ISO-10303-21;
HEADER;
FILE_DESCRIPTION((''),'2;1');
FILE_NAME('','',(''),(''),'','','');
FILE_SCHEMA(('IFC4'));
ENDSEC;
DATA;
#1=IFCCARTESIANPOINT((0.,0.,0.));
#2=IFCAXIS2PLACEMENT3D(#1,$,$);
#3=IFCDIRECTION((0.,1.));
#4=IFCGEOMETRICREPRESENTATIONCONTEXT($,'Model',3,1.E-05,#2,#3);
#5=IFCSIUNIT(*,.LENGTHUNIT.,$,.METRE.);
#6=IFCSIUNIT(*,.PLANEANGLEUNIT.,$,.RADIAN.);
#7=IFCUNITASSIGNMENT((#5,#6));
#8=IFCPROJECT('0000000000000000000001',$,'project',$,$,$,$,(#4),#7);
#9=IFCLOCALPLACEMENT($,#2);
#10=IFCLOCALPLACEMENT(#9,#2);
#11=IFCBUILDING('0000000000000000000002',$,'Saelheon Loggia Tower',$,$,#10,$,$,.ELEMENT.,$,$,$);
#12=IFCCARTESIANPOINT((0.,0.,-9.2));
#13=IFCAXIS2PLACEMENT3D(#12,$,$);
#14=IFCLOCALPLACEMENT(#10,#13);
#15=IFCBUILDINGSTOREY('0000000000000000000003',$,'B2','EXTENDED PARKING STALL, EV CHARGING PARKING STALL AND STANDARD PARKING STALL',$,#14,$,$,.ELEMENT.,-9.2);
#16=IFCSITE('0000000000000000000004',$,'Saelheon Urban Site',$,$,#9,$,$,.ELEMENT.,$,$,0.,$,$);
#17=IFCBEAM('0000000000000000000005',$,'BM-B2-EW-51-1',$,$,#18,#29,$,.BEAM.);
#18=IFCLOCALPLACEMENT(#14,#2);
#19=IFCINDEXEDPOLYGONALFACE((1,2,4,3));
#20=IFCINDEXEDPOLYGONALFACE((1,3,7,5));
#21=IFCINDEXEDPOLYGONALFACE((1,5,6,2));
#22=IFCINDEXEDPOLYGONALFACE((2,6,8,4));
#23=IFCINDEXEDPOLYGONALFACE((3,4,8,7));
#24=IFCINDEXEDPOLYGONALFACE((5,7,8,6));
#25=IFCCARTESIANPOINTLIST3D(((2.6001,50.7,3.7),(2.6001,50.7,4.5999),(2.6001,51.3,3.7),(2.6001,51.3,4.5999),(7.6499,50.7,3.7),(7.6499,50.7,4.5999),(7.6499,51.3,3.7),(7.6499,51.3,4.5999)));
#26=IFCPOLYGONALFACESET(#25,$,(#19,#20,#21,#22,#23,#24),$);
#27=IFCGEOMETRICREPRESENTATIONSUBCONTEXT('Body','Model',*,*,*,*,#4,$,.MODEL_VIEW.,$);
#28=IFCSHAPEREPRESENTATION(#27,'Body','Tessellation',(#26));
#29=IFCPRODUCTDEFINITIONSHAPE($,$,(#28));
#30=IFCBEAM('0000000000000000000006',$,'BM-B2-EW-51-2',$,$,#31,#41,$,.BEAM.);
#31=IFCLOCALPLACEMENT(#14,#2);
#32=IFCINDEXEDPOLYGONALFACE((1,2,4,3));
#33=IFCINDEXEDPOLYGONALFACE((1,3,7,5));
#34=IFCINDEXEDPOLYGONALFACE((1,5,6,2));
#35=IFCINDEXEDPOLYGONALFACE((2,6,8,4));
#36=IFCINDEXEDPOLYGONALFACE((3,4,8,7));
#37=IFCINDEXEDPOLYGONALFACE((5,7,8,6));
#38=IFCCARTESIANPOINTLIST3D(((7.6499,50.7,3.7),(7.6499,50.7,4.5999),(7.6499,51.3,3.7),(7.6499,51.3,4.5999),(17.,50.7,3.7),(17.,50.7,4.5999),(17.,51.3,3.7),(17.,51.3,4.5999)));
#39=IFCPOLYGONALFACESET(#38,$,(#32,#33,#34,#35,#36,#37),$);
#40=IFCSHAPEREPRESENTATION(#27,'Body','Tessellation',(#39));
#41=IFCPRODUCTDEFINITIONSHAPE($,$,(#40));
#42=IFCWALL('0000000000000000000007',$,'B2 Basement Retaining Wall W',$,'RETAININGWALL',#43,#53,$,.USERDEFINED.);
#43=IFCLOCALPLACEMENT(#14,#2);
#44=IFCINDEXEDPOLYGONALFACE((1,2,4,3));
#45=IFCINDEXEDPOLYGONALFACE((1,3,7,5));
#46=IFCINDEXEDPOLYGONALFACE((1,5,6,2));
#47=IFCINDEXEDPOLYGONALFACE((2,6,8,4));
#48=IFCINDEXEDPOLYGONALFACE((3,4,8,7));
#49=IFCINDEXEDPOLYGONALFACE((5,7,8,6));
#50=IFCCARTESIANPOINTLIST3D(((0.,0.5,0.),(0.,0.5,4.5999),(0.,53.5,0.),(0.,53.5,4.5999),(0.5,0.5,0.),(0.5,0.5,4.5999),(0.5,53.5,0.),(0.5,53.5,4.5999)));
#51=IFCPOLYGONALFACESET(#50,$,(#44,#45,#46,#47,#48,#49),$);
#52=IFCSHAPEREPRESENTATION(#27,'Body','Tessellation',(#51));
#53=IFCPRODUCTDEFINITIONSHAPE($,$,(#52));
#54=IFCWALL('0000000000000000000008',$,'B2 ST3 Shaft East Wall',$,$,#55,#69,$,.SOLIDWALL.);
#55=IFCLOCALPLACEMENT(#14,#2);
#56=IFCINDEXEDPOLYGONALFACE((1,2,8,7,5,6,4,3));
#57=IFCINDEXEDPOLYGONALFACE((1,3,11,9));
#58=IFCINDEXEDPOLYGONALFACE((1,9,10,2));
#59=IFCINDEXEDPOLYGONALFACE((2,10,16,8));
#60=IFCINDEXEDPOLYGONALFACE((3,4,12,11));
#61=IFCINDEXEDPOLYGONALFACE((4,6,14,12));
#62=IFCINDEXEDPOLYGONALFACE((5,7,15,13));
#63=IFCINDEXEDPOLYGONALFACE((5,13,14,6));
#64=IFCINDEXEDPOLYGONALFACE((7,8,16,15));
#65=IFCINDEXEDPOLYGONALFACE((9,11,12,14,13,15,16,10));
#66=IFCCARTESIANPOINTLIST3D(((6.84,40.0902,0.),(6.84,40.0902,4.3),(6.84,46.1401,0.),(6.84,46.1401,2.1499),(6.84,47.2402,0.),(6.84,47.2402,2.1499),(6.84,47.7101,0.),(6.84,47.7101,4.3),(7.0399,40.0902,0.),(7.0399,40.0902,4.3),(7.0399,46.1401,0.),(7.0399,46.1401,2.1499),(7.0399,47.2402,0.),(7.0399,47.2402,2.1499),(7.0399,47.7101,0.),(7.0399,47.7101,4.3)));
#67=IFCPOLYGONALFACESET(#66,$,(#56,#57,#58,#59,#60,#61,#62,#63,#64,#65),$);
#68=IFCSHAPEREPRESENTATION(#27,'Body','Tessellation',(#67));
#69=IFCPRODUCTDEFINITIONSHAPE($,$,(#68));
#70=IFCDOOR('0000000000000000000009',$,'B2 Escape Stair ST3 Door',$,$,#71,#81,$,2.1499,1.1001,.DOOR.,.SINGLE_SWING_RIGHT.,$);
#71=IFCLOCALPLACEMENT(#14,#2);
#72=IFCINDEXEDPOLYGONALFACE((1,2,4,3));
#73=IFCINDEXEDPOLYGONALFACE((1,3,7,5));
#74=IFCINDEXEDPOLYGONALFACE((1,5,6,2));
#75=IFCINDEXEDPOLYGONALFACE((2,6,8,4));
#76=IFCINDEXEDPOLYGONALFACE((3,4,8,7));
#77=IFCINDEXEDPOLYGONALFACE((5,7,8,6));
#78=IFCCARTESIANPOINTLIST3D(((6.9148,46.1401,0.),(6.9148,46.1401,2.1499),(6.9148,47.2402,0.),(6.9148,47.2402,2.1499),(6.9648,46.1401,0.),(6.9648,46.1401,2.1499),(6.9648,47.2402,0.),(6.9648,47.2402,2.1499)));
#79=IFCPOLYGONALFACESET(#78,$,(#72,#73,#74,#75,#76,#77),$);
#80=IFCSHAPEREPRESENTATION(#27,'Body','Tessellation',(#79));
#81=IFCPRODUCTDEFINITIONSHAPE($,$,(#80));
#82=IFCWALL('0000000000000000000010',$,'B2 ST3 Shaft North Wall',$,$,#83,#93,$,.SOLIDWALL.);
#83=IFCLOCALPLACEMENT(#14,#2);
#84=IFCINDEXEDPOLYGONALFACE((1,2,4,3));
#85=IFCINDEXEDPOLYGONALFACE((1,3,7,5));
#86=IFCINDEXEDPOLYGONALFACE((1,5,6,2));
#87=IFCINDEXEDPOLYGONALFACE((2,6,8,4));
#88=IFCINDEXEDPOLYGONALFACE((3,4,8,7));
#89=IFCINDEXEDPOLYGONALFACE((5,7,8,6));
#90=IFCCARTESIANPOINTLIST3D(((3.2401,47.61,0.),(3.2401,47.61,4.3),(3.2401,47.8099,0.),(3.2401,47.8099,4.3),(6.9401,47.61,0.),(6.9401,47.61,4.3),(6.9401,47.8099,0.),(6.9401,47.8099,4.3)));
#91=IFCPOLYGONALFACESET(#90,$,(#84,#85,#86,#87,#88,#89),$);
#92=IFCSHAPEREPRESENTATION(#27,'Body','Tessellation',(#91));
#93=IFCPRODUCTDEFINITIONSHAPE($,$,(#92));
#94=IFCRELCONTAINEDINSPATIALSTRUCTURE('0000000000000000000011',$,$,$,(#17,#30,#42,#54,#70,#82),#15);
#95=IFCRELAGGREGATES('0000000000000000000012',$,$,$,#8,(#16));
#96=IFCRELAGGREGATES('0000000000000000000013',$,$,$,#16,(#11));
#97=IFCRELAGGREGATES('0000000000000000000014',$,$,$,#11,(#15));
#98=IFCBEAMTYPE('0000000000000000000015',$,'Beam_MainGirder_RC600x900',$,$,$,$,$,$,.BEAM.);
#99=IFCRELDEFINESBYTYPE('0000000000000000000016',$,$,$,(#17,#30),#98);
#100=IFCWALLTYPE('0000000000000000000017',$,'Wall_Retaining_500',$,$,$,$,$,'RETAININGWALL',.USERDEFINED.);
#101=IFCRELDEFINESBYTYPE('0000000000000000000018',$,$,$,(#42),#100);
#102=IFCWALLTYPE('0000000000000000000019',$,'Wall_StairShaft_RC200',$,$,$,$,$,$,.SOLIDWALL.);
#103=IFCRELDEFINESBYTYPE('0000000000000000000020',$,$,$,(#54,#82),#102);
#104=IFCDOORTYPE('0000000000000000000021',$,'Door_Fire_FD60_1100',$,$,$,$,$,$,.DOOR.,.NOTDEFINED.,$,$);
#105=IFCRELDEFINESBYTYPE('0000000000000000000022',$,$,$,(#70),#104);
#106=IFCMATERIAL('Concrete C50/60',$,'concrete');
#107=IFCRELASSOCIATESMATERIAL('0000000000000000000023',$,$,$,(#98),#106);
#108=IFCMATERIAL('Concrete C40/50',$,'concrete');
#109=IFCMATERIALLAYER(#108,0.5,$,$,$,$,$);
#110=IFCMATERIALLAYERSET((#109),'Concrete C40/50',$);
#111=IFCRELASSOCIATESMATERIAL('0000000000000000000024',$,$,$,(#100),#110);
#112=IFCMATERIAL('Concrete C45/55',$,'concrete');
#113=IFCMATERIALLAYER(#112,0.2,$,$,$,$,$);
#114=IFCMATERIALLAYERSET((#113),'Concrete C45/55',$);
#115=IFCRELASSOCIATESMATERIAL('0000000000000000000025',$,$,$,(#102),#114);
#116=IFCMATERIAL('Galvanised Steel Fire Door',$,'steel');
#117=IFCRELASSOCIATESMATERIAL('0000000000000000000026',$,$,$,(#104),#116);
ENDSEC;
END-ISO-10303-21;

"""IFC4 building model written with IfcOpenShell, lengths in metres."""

from ifc_helpers import new_model, si_unit, direction, frame, frame_2d, origin, origin_2d, place, context, subcontext, project, spatial, rectangle, extrude, source, transform, mapped, material, layer, layer_set, material_profile, profile_set, type_object, element, fill, save


model = new_model("IFC4")

# Units and contexts
model_context = context("Model", 3, precision=1e-05, world=origin(), true_north=direction((0.0, 1.0)))
body_context = subcontext(model_context, "Body", "Model", "MODEL_VIEW")
ifc_project = project(units=[si_unit("LENGTHUNIT", "METRE"), si_unit("PLANEANGLEUNIT", "RADIAN")], contexts=[model_context])

# Site, building, storey
site_placement = place(None, origin())
site = spatial("IfcSite", under=ifc_project, at=site_placement, Name="Saelheon Urban Site", CompositionType="ELEMENT", RefElevation=0.0)
building_placement = place(site_placement, origin())
building = spatial("IfcBuilding", under=site, at=building_placement, Name="Saelheon Loggia Tower", CompositionType="ELEMENT")
storey_placement = place(building_placement, frame((0.0, 0.0, -9.2)))
storey = spatial("IfcBuildingStorey", under=building, at=storey_placement, Name="B2", Description="EXTENDED PARKING STALL, EV CHARGING PARKING STALL AND STANDARD PARKING STALL", CompositionType="ELEMENT", Elevation=-9.2)

# Shared definitions
ifc_material_1 = material(Name="Concrete C50/60", Category="concrete")

# Shared definitions
ifc_material_2 = material(Name="Concrete C45/55", Category="concrete")

# Beams
ifc_material_profile_1 = material_profile(ifc_material_1, rectangle(XDim=0.6001, YDim=0.8999, at=origin_2d()), Name="RC-600x900")
ifc_profile_set_1 = profile_set([ifc_material_profile_1], Name="Concrete C50/60")
beam_type = type_object("IfcBeamType", Name="Beam_MainGirder_RC600x900", PredefinedType="BEAM", material=ifc_profile_set_1)
shared_shape_1 = source(origin(), body_context, "Body", "SweptSolid", [
    extrude(rectangle(XDim=0.6001, YDim=0.8999, at=origin_2d()), origin(), (0.0, 0.0, 1.0), 5.0498),
])
beam_1_placement = place(storey_placement, frame((2.6001, 51.0, 4.1499), z_axis=(1.0, 0.0, 0.0), x_axis=(0.0, 1.0, 0.0)))
element("IfcBeam", 1, at=beam_1_placement, inside=storey, type_object=beam_type, Name="BM-B2-EW-51-1", PredefinedType="BEAM", context=body_context, shape_type="MappedRepresentation", body=[
    mapped(shared_shape_1, transform((0.0, 0.0, 0.0), scale=1.0)),
])
shared_shape_2 = source(origin(), body_context, "Body", "SweptSolid", [
    extrude(rectangle(XDim=0.6001, YDim=0.8999, at=origin_2d()), origin(), (0.0, 0.0, 1.0), 9.3501),
])
beam_2_placement = place(storey_placement, frame((7.6499, 51.0, 4.1499), z_axis=(1.0, 0.0, 0.0), x_axis=(0.0, 1.0, 0.0)))
element("IfcBeam", 2, at=beam_2_placement, inside=storey, type_object=beam_type, Name="BM-B2-EW-51-2", PredefinedType="BEAM", context=body_context, shape_type="MappedRepresentation", body=[
    mapped(shared_shape_2, transform((0.0, 0.0, 0.0), scale=1.0)),
])

# Wall
ifc_material_3 = material(Name="Concrete C40/50", Category="concrete")
ifc_layer_1 = layer(ifc_material_3, 0.5)
ifc_layer_set_1 = layer_set([ifc_layer_1], Name="Concrete C40/50")
wall_type_1 = type_object("IfcWallType", Name="Wall_Retaining_500", ElementType="RETAININGWALL", PredefinedType="USERDEFINED", material=ifc_layer_set_1)
wall_1_placement = place(storey_placement, frame((0.25, 53.5, 0.0), z_axis=(0.0, 0.0, 1.0), x_axis=(0.0, -1.0, 0.0)))
element("IfcWall", 3, at=wall_1_placement, inside=storey, type_object=wall_type_1, Name="B2 Basement Retaining Wall W", ObjectType="RETAININGWALL", PredefinedType="USERDEFINED", context=body_context, shape_type="SweptSolid", body=[
    extrude(rectangle(XDim=53.0, YDim=0.5, at=frame_2d((26.5, 0.0))), origin(), (0.0, 0.0, 1.0), 4.5999),
])

# Wall, opening, door
ifc_layer_2 = layer(ifc_material_2, 0.2)
ifc_layer_set_2 = layer_set([ifc_layer_2], Name="Concrete C45/55")
wall_type_2 = type_object("IfcWallType", Name="Wall_StairShaft_RC200", PredefinedType="SOLIDWALL", material=ifc_layer_set_2)
wall_2_placement = place(storey_placement, frame((6.9399, 40.0901, 0.0), z_axis=(0.0, 0.0, 1.0), x_axis=(0.0, 1.0, 0.0)))
wall_2 = element("IfcWall", 4, at=wall_2_placement, inside=storey, type_object=wall_type_2, Name="B2 ST3 Shaft East Wall", PredefinedType="SOLIDWALL", context=body_context, shape_type="SweptSolid", body=[
    extrude(rectangle(XDim=7.6199, YDim=0.2, at=frame_2d((3.8101, 0.0))), origin(), (0.0, 0.0, 1.0), 4.3),
])
opening_placement = place(wall_2_placement, frame((7.1501, 0.0, 0.0), z_axis=(0.0, 0.0, 1.0), x_axis=(-1.0, 0.0, 0.0)))
opening = element("IfcOpeningElement", 5, at=opening_placement, cuts=wall_2, PredefinedType="OPENING", context=body_context, shape_type="SweptSolid", body=[
    extrude(rectangle(XDim=1.1001, YDim=2.1499, at=frame_2d((0.55, 1.075))), frame((0.0, 0.1121, 0.0), z_axis=(0.0, -1.0, 0.0), x_axis=(1.0, 0.0, 0.0)), (0.0, 0.0, 1.0), 0.2239),
])
ifc_material_4 = material(Name="Galvanised Steel Fire Door", Category="steel")
door_type = type_object("IfcDoorType", Name="Door_Fire_FD60_1100", OperationType="NOTDEFINED", PredefinedType="DOOR", material=ifc_material_4)
shared_shape_3 = source(origin(), body_context, "Body", "SweptSolid", [
    extrude(rectangle(XDim=1.1001, YDim=2.1499, at=frame_2d((0.55, 1.075))), frame((0.0, 0.0249, 0.0), z_axis=(0.0, -1.0, 0.0), x_axis=(1.0, 0.0, 0.0)), (0.0, 0.0, 1.0), 0.05),
])
door_placement = place(opening_placement, origin())
door = element("IfcDoor", 6, at=door_placement, inside=storey, type_object=door_type, Name="B2 Escape Stair ST3 Door", OperationType="SINGLE_SWING_RIGHT", OverallHeight=2.1499, OverallWidth=1.1001, PredefinedType="DOOR", context=body_context, shape_type="MappedRepresentation", body=[
    mapped(shared_shape_3, transform((0.0, 0.0, 0.0), scale=1.0)),
])
fill(opening, door)

# Wall
wall_3_placement = place(storey_placement, frame((3.24, 47.71, 0.0), z_axis=(0.0, 0.0, 1.0), x_axis=(1.0, 0.0, 0.0)))
element("IfcWall", 7, at=wall_3_placement, inside=storey, type_object=wall_type_2, Name="B2 ST3 Shaft North Wall", PredefinedType="SOLIDWALL", context=body_context, shape_type="SweptSolid", body=[
    extrude(rectangle(XDim=3.7, YDim=0.2, at=frame_2d((1.8501, 0.0))), origin(), (0.0, 0.0, 1.0), 4.3),
])

save(model, "model.ifc")
